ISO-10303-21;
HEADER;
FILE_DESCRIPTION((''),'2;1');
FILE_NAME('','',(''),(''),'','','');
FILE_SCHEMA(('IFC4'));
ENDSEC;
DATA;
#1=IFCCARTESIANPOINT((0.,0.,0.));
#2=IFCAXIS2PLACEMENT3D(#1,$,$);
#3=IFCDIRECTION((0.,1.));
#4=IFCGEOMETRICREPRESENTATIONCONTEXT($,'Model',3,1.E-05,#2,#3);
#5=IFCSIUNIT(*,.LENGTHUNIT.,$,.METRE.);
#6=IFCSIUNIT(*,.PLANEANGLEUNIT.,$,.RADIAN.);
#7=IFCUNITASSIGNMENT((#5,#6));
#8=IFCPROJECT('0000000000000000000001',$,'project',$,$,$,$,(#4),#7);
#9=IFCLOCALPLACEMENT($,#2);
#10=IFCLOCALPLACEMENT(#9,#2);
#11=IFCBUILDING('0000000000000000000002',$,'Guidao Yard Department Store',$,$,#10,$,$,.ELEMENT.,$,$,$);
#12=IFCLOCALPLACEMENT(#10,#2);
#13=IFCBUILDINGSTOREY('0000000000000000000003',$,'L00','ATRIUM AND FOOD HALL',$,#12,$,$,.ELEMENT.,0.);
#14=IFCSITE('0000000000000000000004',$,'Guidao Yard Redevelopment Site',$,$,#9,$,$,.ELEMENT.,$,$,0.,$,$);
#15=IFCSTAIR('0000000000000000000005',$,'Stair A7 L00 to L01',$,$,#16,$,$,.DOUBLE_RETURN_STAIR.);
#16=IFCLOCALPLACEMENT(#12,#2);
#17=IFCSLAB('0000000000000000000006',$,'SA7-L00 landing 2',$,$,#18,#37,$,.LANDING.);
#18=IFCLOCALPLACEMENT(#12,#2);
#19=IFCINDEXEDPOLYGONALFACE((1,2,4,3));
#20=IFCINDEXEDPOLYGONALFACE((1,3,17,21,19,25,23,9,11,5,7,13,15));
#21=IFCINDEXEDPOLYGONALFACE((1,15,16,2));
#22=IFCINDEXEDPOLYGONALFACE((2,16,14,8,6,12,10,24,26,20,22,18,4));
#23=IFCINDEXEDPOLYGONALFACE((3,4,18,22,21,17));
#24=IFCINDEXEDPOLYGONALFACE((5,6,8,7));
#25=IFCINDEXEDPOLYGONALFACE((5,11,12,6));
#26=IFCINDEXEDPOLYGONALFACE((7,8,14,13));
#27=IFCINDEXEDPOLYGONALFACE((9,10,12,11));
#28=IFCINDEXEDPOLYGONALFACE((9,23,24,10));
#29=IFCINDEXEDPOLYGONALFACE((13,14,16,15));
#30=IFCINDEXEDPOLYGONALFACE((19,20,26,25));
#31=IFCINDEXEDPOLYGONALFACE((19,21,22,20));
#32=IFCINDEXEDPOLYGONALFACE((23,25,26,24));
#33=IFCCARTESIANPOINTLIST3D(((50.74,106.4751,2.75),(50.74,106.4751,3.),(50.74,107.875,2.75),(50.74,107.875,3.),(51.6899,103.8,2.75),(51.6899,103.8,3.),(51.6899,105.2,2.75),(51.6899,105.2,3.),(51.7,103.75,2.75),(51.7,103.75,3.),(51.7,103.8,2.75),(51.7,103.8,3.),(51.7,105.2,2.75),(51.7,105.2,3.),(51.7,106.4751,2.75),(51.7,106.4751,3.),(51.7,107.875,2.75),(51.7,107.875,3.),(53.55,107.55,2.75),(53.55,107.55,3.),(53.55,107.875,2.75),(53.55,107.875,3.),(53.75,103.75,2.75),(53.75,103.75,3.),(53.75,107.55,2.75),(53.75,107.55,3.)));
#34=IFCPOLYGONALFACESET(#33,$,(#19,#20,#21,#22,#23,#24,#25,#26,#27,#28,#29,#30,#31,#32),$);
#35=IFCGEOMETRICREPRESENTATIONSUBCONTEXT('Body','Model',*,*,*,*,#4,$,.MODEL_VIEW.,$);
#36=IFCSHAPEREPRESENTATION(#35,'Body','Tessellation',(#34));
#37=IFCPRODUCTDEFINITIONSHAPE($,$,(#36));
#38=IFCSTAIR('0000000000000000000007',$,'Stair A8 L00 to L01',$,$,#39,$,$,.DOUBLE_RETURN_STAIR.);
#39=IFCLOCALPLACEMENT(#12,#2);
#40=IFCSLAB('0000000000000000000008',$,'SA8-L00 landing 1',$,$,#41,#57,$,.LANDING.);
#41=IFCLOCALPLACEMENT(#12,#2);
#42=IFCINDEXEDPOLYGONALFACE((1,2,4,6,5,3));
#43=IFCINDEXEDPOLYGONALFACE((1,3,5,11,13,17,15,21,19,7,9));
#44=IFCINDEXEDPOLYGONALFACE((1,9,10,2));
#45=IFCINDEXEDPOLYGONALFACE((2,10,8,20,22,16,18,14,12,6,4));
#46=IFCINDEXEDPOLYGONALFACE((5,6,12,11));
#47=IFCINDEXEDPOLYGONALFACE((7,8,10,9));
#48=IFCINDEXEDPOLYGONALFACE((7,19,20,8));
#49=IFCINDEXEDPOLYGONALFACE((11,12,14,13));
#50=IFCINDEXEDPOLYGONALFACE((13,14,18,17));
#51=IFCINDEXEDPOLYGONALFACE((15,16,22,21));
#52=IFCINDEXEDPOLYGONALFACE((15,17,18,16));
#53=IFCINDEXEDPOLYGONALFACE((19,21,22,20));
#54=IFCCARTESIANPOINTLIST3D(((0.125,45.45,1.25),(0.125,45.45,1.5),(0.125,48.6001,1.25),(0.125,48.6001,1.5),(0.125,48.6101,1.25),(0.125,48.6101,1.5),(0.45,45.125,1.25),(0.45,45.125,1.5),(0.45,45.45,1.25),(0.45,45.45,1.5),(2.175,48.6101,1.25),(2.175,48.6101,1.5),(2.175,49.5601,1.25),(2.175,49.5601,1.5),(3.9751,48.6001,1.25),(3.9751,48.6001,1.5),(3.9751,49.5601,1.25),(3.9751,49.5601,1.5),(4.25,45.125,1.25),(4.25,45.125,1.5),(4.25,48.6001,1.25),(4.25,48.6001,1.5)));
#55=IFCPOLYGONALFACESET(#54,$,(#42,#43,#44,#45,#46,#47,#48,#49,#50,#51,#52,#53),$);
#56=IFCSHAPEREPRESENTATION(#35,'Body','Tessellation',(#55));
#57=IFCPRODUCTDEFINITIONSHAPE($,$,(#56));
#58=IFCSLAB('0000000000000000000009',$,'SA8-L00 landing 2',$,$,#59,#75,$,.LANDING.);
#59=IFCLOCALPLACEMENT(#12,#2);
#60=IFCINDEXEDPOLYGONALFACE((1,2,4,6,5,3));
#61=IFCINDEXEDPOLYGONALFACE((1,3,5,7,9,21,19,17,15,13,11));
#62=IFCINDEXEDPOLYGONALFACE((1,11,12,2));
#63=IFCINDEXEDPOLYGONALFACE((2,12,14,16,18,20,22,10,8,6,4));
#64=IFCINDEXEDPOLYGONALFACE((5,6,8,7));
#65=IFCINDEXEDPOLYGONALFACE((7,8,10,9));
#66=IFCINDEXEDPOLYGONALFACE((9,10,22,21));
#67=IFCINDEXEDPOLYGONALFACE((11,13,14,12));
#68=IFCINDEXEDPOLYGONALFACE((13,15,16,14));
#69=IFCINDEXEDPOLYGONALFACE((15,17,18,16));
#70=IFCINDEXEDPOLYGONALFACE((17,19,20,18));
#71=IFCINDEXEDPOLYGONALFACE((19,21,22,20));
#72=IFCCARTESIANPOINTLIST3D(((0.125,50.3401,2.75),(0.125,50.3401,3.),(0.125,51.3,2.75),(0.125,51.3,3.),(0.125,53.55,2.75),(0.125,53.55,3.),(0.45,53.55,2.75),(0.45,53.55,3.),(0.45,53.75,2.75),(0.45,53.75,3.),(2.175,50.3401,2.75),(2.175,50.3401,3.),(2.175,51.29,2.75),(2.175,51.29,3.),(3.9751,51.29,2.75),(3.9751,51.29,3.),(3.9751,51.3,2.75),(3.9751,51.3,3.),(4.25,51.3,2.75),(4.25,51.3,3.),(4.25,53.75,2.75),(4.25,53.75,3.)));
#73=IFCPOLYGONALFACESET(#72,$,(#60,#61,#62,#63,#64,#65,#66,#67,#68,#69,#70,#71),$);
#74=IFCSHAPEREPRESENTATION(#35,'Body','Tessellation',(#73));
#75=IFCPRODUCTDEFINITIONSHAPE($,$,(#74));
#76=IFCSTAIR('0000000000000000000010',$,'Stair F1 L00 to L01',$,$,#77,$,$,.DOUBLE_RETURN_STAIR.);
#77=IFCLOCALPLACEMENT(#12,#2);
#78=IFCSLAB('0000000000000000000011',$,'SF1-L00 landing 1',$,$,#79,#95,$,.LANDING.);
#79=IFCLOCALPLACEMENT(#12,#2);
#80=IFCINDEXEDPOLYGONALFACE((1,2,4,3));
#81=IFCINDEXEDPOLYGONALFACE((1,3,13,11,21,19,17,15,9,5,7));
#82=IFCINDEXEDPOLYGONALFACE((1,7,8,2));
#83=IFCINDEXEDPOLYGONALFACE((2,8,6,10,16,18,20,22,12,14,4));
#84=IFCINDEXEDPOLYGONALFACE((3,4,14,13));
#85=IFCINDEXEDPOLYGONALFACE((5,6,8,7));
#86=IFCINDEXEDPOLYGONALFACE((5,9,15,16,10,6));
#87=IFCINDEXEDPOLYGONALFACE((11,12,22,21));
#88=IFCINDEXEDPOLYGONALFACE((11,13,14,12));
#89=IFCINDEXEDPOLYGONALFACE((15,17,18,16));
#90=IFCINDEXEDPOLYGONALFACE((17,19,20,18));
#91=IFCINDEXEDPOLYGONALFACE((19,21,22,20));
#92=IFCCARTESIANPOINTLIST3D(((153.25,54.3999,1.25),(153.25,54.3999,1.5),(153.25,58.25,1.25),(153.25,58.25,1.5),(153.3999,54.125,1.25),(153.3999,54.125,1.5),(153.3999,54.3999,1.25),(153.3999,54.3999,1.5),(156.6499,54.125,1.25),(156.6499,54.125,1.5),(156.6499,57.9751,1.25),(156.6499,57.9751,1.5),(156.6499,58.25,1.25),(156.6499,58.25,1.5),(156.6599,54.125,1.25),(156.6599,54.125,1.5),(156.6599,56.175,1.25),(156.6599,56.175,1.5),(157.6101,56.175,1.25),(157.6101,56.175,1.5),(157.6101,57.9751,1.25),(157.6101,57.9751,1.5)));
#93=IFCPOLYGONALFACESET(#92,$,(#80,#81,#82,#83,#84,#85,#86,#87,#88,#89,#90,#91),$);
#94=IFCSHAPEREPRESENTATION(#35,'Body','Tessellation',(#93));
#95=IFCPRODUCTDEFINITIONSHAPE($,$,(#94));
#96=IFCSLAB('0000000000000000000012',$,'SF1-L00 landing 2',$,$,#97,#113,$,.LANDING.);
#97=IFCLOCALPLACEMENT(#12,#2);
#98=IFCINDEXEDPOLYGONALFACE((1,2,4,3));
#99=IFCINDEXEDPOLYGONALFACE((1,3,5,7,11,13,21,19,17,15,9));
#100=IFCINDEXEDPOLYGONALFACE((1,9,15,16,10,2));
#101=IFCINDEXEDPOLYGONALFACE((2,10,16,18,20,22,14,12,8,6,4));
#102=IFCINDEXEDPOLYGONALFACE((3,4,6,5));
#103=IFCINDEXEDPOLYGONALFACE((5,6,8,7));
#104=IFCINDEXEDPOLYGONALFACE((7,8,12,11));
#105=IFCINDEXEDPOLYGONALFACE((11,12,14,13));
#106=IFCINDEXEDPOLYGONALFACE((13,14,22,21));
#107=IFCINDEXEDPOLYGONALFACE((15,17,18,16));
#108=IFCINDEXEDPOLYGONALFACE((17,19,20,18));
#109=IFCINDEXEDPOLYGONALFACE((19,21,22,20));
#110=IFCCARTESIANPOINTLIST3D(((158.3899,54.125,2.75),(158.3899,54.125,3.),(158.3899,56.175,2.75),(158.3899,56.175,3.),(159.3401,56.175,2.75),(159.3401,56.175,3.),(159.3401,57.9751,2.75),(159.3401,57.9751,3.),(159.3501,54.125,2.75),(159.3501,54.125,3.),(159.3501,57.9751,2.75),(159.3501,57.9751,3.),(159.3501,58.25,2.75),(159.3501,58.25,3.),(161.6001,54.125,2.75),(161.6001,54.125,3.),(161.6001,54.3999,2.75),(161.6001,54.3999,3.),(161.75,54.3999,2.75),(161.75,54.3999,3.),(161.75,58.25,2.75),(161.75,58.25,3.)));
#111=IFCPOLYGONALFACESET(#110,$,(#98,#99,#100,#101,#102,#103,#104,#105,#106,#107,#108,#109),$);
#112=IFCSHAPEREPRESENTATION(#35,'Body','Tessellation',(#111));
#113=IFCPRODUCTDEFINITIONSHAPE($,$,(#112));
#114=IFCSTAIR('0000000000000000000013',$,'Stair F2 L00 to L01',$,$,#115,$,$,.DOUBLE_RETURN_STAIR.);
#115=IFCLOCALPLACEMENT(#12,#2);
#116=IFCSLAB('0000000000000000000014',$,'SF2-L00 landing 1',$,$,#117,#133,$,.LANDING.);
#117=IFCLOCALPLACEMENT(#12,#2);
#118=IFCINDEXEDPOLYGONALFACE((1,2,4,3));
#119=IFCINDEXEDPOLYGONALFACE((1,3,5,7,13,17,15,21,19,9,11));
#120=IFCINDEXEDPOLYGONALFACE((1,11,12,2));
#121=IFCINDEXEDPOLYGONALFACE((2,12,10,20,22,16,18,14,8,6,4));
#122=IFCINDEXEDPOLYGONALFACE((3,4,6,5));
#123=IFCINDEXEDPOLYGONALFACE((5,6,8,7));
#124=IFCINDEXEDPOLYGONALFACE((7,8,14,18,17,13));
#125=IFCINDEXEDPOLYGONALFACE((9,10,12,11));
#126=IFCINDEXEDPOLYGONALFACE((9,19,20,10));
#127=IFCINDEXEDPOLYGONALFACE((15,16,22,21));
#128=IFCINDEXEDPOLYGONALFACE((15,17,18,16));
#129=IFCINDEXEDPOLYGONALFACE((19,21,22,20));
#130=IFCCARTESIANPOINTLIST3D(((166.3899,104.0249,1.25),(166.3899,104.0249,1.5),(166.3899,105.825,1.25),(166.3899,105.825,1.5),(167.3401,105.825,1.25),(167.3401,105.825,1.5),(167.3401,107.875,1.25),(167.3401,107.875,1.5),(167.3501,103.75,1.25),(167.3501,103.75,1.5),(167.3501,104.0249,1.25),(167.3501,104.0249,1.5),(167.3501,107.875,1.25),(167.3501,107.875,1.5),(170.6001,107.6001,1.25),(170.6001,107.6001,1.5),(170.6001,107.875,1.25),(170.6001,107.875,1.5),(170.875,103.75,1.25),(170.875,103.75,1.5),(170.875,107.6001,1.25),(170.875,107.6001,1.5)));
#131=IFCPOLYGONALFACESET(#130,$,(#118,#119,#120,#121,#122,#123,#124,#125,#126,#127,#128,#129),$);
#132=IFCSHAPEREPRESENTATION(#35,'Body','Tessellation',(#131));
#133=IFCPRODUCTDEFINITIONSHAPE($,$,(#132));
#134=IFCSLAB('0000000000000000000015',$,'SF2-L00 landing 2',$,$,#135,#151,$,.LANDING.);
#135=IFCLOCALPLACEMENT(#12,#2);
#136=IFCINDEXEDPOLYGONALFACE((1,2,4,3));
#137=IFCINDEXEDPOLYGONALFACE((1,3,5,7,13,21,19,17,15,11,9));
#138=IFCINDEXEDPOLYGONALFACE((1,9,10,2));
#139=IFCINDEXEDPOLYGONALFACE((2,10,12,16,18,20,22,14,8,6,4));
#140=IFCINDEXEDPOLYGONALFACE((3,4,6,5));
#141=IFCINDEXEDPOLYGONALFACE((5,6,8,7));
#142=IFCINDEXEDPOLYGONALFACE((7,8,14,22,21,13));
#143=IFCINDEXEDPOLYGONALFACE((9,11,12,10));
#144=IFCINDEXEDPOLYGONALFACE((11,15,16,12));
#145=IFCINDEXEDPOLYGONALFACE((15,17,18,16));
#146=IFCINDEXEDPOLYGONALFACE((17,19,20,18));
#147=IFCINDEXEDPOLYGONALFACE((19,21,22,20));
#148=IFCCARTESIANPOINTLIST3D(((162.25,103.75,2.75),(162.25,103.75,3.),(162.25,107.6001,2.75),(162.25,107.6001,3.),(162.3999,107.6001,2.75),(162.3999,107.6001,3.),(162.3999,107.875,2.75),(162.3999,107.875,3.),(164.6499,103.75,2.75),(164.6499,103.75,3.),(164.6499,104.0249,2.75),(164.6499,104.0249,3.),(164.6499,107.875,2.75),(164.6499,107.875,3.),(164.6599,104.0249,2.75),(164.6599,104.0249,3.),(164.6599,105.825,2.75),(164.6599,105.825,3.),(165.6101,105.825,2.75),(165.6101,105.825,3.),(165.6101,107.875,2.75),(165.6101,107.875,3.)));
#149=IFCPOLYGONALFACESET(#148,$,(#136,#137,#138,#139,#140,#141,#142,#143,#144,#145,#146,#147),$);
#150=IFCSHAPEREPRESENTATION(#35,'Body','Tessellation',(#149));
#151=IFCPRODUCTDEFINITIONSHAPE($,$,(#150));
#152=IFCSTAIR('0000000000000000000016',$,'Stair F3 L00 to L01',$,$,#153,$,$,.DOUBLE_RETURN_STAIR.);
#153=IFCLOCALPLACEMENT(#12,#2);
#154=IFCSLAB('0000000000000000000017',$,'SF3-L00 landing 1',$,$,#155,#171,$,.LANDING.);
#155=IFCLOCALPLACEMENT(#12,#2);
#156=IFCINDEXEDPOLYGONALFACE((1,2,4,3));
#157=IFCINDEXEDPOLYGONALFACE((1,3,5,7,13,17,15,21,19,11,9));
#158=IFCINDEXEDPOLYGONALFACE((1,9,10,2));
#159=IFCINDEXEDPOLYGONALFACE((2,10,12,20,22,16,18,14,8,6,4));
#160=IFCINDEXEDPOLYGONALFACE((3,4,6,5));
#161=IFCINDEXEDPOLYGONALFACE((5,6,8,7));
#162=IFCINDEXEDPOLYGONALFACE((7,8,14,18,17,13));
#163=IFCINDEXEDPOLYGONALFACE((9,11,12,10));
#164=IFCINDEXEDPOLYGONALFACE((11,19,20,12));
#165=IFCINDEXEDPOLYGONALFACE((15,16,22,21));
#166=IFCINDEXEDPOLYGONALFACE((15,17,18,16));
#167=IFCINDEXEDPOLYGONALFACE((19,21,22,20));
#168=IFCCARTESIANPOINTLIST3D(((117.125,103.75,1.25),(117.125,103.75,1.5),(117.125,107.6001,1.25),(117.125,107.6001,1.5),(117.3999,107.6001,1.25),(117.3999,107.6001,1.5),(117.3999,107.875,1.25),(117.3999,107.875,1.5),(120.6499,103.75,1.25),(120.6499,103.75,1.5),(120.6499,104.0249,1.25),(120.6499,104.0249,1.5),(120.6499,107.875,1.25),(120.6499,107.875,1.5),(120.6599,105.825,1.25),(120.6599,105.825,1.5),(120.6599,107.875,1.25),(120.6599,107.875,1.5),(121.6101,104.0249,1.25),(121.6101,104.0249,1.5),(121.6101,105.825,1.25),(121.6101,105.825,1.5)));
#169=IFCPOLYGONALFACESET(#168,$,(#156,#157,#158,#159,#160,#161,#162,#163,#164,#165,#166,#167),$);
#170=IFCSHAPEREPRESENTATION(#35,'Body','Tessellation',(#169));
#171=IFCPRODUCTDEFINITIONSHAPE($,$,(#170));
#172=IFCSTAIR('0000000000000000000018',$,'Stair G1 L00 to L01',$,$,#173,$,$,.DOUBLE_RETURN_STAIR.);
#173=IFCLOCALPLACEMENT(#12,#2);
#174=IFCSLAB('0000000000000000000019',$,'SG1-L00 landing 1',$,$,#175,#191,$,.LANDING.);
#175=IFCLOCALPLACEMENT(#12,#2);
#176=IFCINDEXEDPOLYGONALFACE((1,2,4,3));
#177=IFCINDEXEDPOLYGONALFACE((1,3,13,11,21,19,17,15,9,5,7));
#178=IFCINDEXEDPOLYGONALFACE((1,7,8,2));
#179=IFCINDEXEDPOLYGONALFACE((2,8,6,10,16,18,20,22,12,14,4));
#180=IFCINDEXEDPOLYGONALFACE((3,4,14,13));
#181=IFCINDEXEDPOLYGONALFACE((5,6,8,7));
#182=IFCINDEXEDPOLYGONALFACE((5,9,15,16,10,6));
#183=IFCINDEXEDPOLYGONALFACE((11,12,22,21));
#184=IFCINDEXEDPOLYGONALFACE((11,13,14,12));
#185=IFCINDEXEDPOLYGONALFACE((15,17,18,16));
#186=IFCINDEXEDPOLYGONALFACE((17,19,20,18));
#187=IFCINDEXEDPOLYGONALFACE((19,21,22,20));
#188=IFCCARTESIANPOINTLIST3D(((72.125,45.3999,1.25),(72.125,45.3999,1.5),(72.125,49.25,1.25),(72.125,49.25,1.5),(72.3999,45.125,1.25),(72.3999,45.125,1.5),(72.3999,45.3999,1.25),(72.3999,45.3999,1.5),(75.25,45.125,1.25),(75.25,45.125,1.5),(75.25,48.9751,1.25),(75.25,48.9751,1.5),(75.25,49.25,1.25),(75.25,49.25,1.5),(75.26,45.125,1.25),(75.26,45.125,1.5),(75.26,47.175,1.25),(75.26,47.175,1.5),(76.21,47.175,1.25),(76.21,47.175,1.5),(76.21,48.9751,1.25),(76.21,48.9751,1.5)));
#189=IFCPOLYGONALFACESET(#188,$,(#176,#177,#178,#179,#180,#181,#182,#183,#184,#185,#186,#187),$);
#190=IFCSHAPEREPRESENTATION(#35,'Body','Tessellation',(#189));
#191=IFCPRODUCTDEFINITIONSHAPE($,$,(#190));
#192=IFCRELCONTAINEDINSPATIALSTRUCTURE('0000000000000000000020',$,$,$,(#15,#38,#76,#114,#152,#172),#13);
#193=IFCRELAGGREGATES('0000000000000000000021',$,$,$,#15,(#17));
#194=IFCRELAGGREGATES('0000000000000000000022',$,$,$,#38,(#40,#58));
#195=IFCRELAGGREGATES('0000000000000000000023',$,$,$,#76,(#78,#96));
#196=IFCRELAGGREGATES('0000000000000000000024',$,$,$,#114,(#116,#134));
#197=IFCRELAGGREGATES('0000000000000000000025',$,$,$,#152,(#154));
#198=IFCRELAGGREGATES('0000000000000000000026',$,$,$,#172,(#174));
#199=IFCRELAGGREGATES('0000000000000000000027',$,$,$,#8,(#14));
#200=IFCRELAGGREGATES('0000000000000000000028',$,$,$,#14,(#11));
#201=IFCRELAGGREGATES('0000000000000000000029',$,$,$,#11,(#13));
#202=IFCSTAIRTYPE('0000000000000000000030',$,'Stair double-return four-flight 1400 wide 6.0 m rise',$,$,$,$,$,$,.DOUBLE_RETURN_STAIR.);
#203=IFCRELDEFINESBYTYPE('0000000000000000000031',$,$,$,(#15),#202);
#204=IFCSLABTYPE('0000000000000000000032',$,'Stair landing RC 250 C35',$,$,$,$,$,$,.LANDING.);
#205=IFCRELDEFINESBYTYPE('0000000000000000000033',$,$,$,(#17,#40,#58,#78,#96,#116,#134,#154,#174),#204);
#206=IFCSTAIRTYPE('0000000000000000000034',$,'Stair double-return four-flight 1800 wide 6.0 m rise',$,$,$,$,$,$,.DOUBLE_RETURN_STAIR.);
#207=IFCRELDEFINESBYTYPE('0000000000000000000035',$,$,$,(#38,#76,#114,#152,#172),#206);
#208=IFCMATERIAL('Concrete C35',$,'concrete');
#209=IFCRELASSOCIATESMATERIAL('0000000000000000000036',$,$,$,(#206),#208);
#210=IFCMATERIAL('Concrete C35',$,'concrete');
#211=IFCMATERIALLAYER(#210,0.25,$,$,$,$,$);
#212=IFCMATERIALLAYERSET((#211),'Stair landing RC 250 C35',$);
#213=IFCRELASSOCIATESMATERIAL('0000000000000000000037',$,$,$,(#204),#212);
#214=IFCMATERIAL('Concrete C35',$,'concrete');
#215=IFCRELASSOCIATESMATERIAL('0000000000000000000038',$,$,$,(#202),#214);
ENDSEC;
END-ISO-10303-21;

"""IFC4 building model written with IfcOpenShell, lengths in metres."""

from ifc_helpers import new_model, si_unit, direction, frame, origin, place, context, subcontext, project, spatial, polyline, outline, extrude, material, layer, layer_set, type_object, element, aggregate, save


model = new_model("IFC4")

# Units and contexts
model_context = context("Model", 3, precision=1e-05, world=origin(), true_north=direction((0.0, 1.0)))
body_context = subcontext(model_context, "Body", "Model", "MODEL_VIEW")
ifc_project = project(units=[si_unit("LENGTHUNIT", "METRE"), si_unit("PLANEANGLEUNIT", "RADIAN")], contexts=[model_context])

# Site, building, storey
site_placement = place(None, origin())
site = spatial("IfcSite", under=ifc_project, at=site_placement, Name="Guidao Yard Redevelopment Site", CompositionType="ELEMENT", RefElevation=0.0)
building_placement = place(site_placement, origin())
building = spatial("IfcBuilding", under=site, at=building_placement, Name="Guidao Yard Department Store", CompositionType="ELEMENT")
storey_placement = place(building_placement, origin())
storey = spatial("IfcBuildingStorey", under=building, at=storey_placement, Name="L00", Description="ATRIUM AND FOOD HALL", CompositionType="ELEMENT", Elevation=0.0)

# Shared definitions
ifc_material_1 = material(Name="Concrete C35", Category="concrete")
stair_type_1 = type_object("IfcStairType", Name="Stair double-return four-flight 1800 wide 6.0 m rise", PredefinedType="DOUBLE_RETURN_STAIR", material=ifc_material_1)
ifc_material_2 = material(Name="Concrete C35", Category="concrete")
ifc_layer = layer(ifc_material_2, 0.25)
ifc_layer_set = layer_set([ifc_layer], Name="Stair landing RC 250 C35")
slab_type = type_object("IfcSlabType", Name="Stair landing RC 250 C35", PredefinedType="LANDING", material=ifc_layer_set)

# Stairs, slabs
ifc_material_3 = material(Name="Concrete C35", Category="concrete")
stair_type_2 = type_object("IfcStairType", Name="Stair double-return four-flight 1400 wide 6.0 m rise", PredefinedType="DOUBLE_RETURN_STAIR", material=ifc_material_3)
stair_1_placement = place(storey_placement, origin())
stair_1 = element("IfcStair", 1, at=stair_1_placement, inside=storey, type_object=stair_type_2, Name="Stair A7 L00 to L01", PredefinedType="DOUBLE_RETURN_STAIR")
slab_1_placement = place(storey_placement, frame((0.0, 0.0, 2.75)))
slab_1 = element("IfcSlab", 2, at=slab_1_placement, type_object=slab_type, Name="SA7-L00 landing 2", PredefinedType="LANDING", context=body_context, shape_type="SweptSolid", body=[
    extrude(outline(polyline([(51.7, 105.2), (51.7, 106.4751), (50.74, 106.4751), (50.74, 107.875), (51.7, 107.875), (53.55, 107.875), (53.55, 107.55), (53.75, 107.55), (53.75, 103.75), (51.7, 103.75), (51.7, 103.8), (51.6899, 103.8), (51.6899, 105.2), (51.7, 105.2)])), origin(), (0.0, 0.0, 1.0), 0.25),
])
aggregate(stair_1, [slab_1])
stair_2_placement = place(storey_placement, origin())
stair_2 = element("IfcStair", 3, at=stair_2_placement, inside=storey, type_object=stair_type_1, Name="Stair A8 L00 to L01", PredefinedType="DOUBLE_RETURN_STAIR")
slab_2_placement = place(storey_placement, frame((0.0, 0.0, 1.25)))
slab_2 = element("IfcSlab", 4, at=slab_2_placement, type_object=slab_type, Name="SA8-L00 landing 1", PredefinedType="LANDING", context=body_context, shape_type="SweptSolid", body=[
    extrude(outline(polyline([(0.45, 45.125), (0.45, 45.45), (0.125, 45.45), (0.125, 48.6001), (0.125, 48.6101), (2.175, 48.6101), (2.175, 49.5601), (3.9751, 49.5601), (3.9751, 48.6001), (4.25, 48.6001), (4.25, 45.125), (0.45, 45.125)])), origin(), (0.0, 0.0, 1.0), 0.25),
])
slab_3_placement = place(storey_placement, frame((0.0, 0.0, 2.75)))
slab_3 = element("IfcSlab", 5, at=slab_3_placement, type_object=slab_type, Name="SA8-L00 landing 2", PredefinedType="LANDING", context=body_context, shape_type="SweptSolid", body=[
    extrude(outline(polyline([(0.125, 51.3), (0.125, 53.55), (0.45, 53.55), (0.45, 53.75), (4.25, 53.75), (4.25, 51.3), (3.9751, 51.3), (3.9751, 51.29), (2.175, 51.29), (2.175, 50.3401), (0.125, 50.3401), (0.125, 51.3)])), origin(), (0.0, 0.0, 1.0), 0.25),
])
aggregate(stair_2, [slab_2, slab_3])
stair_3_placement = place(storey_placement, origin())
stair_3 = element("IfcStair", 6, at=stair_3_placement, inside=storey, type_object=stair_type_1, Name="Stair F1 L00 to L01", PredefinedType="DOUBLE_RETURN_STAIR")
slab_4_placement = place(storey_placement, frame((0.0, 0.0, 1.25)))
slab_4 = element("IfcSlab", 7, at=slab_4_placement, type_object=slab_type, Name="SF1-L00 landing 1", PredefinedType="LANDING", context=body_context, shape_type="SweptSolid", body=[
    extrude(outline(polyline([(153.3999, 54.125), (153.3999, 54.3999), (153.25, 54.3999), (153.25, 58.25), (156.6499, 58.25), (156.6499, 57.9751), (157.6101, 57.9751), (157.6101, 56.175), (156.6599, 56.175), (156.6599, 54.125), (156.6499, 54.125), (153.3999, 54.125)])), origin(), (0.0, 0.0, 1.0), 0.25),
])
slab_5_placement = place(storey_placement, frame((0.0, 0.0, 2.75)))
slab_5 = element("IfcSlab", 8, at=slab_5_placement, type_object=slab_type, Name="SF1-L00 landing 2", PredefinedType="LANDING", context=body_context, shape_type="SweptSolid", body=[
    extrude(outline(polyline([(159.3401, 56.175), (159.3401, 57.9751), (159.3501, 57.9751), (159.3501, 58.25), (161.75, 58.25), (161.75, 54.3999), (161.6001, 54.3999), (161.6001, 54.125), (159.3501, 54.125), (158.3899, 54.125), (158.3899, 56.175), (159.3401, 56.175)])), origin(), (0.0, 0.0, 1.0), 0.25),
])
aggregate(stair_3, [slab_4, slab_5])
stair_4_placement = place(storey_placement, origin())
stair_4 = element("IfcStair", 9, at=stair_4_placement, inside=storey, type_object=stair_type_1, Name="Stair F2 L00 to L01", PredefinedType="DOUBLE_RETURN_STAIR")
slab_6_placement = place(storey_placement, frame((0.0, 0.0, 1.25)))
slab_6 = element("IfcSlab", 10, at=slab_6_placement, type_object=slab_type, Name="SF2-L00 landing 1", PredefinedType="LANDING", context=body_context, shape_type="SweptSolid", body=[
    extrude(outline(polyline([(167.3401, 105.825), (167.3401, 107.875), (167.3501, 107.875), (170.6001, 107.875), (170.6001, 107.6001), (170.875, 107.6001), (170.875, 103.75), (167.3501, 103.75), (167.3501, 104.0249), (166.3899, 104.0249), (166.3899, 105.825), (167.3401, 105.825)])), origin(), (0.0, 0.0, 1.0), 0.25),
])
slab_7_placement = place(storey_placement, frame((0.0, 0.0, 2.75)))
slab_7 = element("IfcSlab", 11, at=slab_7_placement, type_object=slab_type, Name="SF2-L00 landing 2", PredefinedType="LANDING", context=body_context, shape_type="SweptSolid", body=[
    extrude(outline(polyline([(164.6499, 103.75), (162.25, 103.75), (162.25, 107.6001), (162.3999, 107.6001), (162.3999, 107.875), (164.6499, 107.875), (165.6101, 107.875), (165.6101, 105.825), (164.6599, 105.825), (164.6599, 104.0249), (164.6499, 104.0249), (164.6499, 103.75)])), origin(), (0.0, 0.0, 1.0), 0.25),
])
aggregate(stair_4, [slab_6, slab_7])

# Stairs, slabs
stair_5_placement = place(storey_placement, origin())
stair_5 = element("IfcStair", 12, at=stair_5_placement, inside=storey, type_object=stair_type_1, Name="Stair F3 L00 to L01", PredefinedType="DOUBLE_RETURN_STAIR")
slab_8_placement = place(storey_placement, frame((0.0, 0.0, 1.25)))
slab_8 = element("IfcSlab", 13, at=slab_8_placement, type_object=slab_type, Name="SF3-L00 landing 1", PredefinedType="LANDING", context=body_context, shape_type="SweptSolid", body=[
    extrude(outline(polyline([(120.6499, 104.0249), (120.6499, 103.75), (117.125, 103.75), (117.125, 107.6001), (117.3999, 107.6001), (117.3999, 107.875), (120.6499, 107.875), (120.6599, 107.875), (120.6599, 105.825), (121.6101, 105.825), (121.6101, 104.0249), (120.6499, 104.0249)])), origin(), (0.0, 0.0, 1.0), 0.25),
])
aggregate(stair_5, [slab_8])
stair_6_placement = place(storey_placement, origin())
stair_6 = element("IfcStair", 14, at=stair_6_placement, inside=storey, type_object=stair_type_1, Name="Stair G1 L00 to L01", PredefinedType="DOUBLE_RETURN_STAIR")
slab_9_placement = place(storey_placement, frame((0.0, 0.0, 1.25)))
slab_9 = element("IfcSlab", 15, at=slab_9_placement, type_object=slab_type, Name="SG1-L00 landing 1", PredefinedType="LANDING", context=body_context, shape_type="SweptSolid", body=[
    extrude(outline(polyline([(75.25, 45.125), (72.3999, 45.125), (72.3999, 45.3999), (72.125, 45.3999), (72.125, 49.25), (75.25, 49.25), (75.25, 48.9751), (76.21, 48.9751), (76.21, 47.175), (75.26, 47.175), (75.26, 45.125), (75.25, 45.125)])), origin(), (0.0, 0.0, 1.0), 0.25),
])
aggregate(stair_6, [slab_9])

save(model, "model.ifc")
